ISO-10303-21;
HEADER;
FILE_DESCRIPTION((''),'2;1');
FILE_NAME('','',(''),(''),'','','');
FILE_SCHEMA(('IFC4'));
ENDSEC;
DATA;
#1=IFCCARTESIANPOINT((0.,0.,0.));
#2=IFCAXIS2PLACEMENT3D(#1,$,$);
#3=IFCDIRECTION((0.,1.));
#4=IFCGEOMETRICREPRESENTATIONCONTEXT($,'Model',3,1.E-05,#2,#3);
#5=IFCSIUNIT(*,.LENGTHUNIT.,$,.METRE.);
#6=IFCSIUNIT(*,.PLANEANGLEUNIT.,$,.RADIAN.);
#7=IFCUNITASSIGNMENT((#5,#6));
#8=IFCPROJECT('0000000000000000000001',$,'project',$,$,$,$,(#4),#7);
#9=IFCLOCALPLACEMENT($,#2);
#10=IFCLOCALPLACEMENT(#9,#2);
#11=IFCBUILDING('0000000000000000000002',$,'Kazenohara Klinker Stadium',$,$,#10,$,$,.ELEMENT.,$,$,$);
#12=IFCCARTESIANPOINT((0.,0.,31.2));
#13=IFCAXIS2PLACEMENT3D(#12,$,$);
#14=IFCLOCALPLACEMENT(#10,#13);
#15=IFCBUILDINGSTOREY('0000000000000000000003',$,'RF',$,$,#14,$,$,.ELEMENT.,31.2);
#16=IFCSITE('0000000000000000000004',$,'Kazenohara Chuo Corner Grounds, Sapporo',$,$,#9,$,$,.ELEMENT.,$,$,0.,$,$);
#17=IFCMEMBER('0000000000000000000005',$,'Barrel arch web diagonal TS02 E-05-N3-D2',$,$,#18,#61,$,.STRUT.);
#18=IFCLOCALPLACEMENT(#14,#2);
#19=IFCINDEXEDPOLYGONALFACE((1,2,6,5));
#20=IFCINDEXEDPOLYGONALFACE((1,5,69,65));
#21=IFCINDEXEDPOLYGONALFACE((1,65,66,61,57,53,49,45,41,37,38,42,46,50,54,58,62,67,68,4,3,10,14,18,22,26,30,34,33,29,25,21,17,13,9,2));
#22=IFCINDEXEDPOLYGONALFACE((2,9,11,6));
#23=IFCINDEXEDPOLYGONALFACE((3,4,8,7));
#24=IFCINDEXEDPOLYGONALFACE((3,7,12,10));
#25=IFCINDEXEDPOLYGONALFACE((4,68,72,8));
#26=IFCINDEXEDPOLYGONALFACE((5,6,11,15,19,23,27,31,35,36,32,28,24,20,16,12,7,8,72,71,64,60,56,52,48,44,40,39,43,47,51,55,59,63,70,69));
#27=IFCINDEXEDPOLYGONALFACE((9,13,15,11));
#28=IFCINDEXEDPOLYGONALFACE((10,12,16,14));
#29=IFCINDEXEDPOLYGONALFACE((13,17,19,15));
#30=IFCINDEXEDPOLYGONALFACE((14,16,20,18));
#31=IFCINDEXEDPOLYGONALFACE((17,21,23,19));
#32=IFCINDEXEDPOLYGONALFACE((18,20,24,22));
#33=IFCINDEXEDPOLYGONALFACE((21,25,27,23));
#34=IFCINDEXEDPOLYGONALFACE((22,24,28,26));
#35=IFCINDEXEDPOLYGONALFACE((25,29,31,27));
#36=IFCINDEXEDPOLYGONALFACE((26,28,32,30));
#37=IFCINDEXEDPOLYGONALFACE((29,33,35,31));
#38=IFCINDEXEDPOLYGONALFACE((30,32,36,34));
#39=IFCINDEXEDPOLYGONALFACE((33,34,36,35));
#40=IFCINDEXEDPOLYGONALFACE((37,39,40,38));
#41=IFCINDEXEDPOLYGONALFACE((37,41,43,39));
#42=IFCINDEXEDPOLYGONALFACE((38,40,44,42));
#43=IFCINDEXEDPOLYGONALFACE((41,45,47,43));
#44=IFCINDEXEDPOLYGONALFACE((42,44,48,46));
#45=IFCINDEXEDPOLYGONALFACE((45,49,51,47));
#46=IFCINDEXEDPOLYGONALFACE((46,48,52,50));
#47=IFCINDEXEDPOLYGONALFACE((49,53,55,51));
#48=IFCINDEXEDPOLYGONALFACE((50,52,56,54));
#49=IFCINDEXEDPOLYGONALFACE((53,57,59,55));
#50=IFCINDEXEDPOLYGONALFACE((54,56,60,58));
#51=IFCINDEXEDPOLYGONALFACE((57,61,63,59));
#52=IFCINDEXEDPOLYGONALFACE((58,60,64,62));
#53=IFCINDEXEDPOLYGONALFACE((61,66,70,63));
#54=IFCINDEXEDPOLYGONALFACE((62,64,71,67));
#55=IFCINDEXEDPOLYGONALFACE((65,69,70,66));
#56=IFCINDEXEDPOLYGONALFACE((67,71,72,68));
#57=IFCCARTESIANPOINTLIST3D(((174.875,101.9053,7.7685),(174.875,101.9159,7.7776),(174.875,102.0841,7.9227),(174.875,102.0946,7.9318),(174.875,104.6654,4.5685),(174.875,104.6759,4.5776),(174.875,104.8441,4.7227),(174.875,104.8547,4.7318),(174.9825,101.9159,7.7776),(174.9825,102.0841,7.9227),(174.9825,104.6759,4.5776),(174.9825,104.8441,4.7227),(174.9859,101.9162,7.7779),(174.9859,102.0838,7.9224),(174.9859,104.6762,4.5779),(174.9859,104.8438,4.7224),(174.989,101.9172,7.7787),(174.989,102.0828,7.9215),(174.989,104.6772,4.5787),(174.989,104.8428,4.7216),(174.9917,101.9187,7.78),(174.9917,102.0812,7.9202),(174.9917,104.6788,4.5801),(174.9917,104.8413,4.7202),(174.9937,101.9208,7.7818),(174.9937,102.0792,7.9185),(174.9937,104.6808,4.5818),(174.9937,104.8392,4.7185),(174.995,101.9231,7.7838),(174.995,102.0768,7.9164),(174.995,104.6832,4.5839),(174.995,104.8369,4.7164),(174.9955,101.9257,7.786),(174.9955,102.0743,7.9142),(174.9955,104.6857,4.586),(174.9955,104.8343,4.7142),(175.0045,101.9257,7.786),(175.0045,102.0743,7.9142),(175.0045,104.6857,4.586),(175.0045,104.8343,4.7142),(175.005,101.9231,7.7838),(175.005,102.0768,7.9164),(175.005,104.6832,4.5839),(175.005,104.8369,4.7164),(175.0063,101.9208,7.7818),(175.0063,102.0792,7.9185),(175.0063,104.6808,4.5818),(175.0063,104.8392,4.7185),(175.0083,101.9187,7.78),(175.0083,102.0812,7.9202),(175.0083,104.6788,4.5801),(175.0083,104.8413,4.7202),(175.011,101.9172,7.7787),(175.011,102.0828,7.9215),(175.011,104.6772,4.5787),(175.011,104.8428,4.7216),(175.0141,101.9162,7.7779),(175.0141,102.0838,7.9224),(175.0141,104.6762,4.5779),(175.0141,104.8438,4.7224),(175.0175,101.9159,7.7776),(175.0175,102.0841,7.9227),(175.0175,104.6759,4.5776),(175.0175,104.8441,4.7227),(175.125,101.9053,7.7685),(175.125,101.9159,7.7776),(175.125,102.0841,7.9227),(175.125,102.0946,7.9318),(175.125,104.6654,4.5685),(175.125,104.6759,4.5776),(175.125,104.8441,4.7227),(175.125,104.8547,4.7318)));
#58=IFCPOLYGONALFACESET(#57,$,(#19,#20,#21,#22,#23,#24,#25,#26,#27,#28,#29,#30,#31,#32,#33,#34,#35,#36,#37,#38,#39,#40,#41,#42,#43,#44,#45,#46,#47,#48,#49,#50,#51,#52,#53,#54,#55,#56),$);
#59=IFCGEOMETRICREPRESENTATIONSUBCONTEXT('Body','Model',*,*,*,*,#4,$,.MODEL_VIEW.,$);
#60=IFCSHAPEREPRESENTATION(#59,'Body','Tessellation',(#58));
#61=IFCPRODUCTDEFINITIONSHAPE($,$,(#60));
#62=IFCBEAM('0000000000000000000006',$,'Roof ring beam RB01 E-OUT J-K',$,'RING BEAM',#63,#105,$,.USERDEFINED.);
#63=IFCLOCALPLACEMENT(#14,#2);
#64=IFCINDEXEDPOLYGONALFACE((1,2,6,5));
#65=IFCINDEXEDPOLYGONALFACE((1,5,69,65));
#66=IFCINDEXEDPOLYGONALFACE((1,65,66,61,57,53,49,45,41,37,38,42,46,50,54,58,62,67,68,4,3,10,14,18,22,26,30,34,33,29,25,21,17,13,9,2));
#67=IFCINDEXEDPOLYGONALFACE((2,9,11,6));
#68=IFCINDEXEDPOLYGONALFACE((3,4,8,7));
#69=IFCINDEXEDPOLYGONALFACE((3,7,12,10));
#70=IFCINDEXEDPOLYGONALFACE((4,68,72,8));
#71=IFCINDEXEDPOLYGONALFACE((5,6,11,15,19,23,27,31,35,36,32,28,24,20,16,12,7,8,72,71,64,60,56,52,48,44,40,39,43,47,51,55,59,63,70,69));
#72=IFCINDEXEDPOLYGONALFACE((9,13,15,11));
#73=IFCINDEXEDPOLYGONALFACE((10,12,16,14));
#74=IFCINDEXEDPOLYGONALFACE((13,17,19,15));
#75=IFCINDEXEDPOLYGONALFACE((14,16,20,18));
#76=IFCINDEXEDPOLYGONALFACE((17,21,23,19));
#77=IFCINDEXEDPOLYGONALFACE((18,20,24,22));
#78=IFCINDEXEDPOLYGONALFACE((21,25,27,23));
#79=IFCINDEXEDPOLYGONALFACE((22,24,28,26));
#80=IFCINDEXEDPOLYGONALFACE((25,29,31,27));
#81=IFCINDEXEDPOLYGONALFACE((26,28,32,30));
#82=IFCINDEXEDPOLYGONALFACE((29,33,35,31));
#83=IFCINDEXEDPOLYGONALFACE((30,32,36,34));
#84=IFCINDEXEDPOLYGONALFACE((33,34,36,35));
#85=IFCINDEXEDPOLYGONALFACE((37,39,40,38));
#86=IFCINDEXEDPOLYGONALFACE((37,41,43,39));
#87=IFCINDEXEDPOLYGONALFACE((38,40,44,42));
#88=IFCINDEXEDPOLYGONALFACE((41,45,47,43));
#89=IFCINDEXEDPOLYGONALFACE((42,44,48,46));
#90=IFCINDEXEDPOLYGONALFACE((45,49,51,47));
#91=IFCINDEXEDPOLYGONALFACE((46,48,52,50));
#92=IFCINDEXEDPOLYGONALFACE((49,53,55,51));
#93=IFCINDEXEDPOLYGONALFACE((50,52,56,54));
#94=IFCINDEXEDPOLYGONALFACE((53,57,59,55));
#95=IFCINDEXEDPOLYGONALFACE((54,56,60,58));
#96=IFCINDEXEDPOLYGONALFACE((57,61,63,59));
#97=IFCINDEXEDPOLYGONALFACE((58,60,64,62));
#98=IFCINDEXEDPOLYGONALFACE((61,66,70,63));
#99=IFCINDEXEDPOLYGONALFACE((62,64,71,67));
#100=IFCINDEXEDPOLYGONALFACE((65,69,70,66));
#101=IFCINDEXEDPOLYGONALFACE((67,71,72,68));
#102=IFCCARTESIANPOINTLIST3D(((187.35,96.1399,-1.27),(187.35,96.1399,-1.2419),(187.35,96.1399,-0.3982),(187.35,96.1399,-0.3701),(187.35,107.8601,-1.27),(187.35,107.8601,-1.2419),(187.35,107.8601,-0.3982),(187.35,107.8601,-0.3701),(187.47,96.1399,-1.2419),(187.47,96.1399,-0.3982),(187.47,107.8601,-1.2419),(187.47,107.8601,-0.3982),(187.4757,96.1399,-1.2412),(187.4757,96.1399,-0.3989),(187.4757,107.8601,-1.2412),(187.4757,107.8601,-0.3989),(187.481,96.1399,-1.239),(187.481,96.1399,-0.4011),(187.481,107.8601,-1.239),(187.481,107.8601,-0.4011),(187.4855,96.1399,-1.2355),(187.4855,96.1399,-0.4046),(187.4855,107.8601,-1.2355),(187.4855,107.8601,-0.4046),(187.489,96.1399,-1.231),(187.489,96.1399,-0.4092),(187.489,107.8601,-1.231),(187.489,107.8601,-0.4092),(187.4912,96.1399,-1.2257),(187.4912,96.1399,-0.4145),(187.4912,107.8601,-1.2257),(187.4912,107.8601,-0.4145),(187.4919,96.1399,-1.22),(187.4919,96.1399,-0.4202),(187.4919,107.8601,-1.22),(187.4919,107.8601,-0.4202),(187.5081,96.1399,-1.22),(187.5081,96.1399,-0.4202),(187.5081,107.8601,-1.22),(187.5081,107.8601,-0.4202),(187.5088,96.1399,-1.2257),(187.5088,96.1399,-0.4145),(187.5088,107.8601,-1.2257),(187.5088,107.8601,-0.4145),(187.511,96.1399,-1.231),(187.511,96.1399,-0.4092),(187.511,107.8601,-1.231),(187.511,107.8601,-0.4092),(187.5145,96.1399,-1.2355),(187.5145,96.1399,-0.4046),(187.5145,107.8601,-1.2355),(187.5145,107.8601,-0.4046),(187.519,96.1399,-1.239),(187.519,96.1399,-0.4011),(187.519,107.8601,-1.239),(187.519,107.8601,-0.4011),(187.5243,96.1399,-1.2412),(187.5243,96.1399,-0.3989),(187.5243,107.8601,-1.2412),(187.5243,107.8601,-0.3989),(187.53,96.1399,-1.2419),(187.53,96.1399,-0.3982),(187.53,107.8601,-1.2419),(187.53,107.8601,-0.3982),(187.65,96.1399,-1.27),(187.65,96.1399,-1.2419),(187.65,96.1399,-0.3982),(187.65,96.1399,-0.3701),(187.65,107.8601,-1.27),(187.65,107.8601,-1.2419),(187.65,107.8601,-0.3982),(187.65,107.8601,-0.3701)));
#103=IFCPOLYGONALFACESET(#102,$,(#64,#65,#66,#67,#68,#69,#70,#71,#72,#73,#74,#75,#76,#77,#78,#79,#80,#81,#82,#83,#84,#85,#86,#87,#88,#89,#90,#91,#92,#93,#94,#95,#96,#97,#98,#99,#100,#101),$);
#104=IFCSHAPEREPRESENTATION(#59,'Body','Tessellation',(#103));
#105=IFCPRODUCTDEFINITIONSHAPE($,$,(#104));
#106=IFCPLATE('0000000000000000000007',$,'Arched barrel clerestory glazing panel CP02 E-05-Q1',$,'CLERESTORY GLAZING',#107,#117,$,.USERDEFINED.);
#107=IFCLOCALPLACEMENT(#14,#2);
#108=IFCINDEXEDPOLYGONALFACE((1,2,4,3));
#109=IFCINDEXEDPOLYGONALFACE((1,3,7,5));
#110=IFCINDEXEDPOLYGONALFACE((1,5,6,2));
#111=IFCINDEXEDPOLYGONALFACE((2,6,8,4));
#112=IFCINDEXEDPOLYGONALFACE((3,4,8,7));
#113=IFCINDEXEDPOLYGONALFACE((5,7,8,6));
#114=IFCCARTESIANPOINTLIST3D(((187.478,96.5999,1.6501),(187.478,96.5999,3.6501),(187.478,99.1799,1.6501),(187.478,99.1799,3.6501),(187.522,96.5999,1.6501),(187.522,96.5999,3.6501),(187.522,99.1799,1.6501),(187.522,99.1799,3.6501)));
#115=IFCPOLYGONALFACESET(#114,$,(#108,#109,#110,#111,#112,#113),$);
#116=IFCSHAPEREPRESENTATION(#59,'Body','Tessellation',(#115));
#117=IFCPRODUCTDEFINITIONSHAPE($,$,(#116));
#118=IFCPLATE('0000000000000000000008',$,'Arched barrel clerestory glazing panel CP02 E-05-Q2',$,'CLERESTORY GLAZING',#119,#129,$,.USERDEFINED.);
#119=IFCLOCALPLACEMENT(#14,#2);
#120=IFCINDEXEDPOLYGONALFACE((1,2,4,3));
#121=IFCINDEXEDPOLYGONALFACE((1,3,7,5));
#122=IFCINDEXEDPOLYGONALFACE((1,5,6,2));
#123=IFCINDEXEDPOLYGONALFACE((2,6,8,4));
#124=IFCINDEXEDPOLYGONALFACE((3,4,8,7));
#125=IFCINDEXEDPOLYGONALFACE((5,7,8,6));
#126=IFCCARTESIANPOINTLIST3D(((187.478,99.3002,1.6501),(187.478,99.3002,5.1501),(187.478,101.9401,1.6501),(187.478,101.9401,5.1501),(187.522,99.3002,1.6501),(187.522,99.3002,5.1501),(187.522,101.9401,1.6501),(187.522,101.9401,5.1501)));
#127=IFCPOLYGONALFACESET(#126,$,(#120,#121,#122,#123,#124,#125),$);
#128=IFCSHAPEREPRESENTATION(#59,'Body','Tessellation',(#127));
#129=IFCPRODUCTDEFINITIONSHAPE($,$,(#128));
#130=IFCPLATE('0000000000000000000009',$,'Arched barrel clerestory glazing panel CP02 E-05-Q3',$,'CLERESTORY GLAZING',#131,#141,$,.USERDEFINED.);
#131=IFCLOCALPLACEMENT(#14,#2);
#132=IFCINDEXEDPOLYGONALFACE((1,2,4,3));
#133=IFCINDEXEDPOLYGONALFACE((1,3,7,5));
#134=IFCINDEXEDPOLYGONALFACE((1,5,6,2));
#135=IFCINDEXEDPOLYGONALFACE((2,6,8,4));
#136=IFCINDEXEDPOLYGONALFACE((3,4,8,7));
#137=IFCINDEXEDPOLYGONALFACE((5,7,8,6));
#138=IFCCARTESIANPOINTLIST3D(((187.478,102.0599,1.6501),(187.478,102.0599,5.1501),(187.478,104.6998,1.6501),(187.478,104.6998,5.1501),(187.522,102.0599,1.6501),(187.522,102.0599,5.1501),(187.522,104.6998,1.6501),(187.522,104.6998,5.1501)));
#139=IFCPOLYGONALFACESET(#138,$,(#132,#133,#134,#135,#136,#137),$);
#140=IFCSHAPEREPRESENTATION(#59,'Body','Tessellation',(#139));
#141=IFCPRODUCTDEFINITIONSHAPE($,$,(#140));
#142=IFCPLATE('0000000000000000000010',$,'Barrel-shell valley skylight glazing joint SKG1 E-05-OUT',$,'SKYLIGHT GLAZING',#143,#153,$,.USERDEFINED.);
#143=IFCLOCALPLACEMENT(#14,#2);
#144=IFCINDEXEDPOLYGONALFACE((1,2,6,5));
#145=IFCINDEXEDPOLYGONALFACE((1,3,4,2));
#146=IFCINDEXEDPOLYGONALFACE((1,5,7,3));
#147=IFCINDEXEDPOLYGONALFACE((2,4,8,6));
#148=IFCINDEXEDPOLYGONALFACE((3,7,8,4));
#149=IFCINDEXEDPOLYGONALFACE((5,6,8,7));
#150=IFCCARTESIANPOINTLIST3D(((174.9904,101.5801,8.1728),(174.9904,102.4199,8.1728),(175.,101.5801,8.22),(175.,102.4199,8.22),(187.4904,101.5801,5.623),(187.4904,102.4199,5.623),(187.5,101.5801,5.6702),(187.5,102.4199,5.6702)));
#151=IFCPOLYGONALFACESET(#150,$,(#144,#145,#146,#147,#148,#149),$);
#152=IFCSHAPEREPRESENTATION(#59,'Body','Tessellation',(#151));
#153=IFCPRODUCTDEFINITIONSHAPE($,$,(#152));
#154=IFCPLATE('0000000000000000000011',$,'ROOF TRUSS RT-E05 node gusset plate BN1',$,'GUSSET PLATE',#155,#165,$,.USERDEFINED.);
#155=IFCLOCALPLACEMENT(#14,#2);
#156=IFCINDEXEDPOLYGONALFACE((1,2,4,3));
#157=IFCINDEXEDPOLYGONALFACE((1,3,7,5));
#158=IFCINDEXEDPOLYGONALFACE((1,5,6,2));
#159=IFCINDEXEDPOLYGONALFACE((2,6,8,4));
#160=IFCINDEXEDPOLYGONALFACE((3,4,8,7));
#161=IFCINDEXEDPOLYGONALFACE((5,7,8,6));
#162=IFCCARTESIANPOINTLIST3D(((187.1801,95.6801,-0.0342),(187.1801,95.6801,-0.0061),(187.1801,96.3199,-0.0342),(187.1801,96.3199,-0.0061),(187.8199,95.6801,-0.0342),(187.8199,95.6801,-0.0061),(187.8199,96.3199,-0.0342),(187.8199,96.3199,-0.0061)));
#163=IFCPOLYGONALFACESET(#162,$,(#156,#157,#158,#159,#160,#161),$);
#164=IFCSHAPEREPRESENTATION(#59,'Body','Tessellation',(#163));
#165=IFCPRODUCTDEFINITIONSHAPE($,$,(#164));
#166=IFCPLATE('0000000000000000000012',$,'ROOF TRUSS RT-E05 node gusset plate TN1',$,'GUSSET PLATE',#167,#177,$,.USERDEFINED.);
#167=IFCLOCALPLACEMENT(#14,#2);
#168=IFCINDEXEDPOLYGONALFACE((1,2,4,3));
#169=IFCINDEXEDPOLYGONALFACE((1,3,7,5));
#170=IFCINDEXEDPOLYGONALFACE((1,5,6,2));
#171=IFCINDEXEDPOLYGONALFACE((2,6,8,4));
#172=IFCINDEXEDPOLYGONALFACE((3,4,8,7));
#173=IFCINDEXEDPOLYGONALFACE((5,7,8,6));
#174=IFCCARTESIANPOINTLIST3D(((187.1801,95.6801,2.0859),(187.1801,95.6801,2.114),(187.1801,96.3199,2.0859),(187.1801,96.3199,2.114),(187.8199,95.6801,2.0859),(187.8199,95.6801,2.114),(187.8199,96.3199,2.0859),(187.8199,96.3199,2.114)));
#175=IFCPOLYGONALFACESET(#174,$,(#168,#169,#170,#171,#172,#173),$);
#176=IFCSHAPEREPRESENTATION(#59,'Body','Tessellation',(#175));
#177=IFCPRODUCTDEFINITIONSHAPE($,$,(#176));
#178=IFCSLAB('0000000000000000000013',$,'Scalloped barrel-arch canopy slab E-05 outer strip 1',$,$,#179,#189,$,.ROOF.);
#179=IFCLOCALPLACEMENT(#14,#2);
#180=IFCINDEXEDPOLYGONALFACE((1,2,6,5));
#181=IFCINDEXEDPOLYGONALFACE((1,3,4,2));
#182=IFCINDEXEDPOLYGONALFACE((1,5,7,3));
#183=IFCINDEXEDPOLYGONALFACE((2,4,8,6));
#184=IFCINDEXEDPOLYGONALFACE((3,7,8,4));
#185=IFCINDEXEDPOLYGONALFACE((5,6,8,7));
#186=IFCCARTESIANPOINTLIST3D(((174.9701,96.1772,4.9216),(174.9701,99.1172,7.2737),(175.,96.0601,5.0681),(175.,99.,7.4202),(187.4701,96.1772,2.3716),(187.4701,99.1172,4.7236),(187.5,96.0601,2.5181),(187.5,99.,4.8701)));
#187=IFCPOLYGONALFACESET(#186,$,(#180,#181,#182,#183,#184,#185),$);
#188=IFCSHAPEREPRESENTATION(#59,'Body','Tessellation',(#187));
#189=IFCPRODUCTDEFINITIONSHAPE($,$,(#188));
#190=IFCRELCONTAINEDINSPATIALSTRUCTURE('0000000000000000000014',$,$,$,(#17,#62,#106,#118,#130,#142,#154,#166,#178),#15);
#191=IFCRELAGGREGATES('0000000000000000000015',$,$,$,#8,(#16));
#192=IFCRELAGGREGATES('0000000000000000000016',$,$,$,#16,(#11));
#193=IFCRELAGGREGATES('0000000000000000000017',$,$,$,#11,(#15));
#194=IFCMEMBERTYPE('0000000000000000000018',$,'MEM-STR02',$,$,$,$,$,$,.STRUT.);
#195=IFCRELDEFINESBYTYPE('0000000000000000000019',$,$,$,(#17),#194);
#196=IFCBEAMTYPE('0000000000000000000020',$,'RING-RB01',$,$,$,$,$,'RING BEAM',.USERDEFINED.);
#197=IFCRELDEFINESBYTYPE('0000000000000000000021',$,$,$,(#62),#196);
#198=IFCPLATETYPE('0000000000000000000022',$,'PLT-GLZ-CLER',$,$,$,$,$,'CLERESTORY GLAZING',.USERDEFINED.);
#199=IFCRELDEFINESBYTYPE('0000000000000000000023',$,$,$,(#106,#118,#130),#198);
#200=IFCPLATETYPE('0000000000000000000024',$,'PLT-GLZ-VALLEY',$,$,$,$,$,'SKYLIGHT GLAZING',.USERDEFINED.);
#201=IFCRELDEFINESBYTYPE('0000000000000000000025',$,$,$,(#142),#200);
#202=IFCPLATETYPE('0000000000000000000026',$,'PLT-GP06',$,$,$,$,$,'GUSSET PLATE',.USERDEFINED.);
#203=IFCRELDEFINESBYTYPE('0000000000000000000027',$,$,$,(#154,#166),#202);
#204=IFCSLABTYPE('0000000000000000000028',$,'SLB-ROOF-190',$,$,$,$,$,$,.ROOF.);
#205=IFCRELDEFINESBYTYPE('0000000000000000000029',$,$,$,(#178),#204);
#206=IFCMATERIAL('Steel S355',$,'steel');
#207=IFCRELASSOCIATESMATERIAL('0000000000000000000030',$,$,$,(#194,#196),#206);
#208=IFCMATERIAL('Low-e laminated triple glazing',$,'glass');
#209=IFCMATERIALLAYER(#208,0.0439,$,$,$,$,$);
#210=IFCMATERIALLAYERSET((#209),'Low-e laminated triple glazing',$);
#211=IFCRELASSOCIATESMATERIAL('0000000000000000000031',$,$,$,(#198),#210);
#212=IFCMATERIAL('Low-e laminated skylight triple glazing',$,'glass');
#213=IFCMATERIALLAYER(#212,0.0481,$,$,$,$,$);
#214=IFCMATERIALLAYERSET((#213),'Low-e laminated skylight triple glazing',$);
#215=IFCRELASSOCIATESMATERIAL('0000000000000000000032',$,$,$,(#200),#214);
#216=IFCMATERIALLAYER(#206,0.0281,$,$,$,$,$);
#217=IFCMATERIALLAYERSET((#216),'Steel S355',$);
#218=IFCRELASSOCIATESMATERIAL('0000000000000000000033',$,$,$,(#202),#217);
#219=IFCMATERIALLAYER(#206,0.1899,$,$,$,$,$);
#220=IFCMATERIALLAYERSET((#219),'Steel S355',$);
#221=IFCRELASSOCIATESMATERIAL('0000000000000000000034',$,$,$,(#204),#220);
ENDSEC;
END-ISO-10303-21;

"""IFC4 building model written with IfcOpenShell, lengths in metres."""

from ifc_helpers import new_model, si_unit, direction, frame, origin, origin_2d, place, context, subcontext, project, spatial, polyline, rectangle, i_section, outline, extrude, material, layer, layer_set, material_profile, profile_set, type_object, element, save


model = new_model("IFC4")

# Units and contexts
model_context = context("Model", 3, precision=1e-05, world=origin(), true_north=direction((0.0, 1.0)))
body_context = subcontext(model_context, "Body", "Model", "MODEL_VIEW")
ifc_project = project(units=[si_unit("LENGTHUNIT", "METRE"), si_unit("PLANEANGLEUNIT", "RADIAN")], contexts=[model_context])

# Site, building, storey
site_placement = place(None, origin())
site = spatial("IfcSite", under=ifc_project, at=site_placement, Name="Kazenohara Chuo Corner Grounds, Sapporo", CompositionType="ELEMENT", RefElevation=0.0)
building_placement = place(site_placement, origin())
building = spatial("IfcBuilding", under=site, at=building_placement, Name="Kazenohara Klinker Stadium", CompositionType="ELEMENT")
storey_placement = place(building_placement, frame((0.0, 0.0, 31.2)))
storey = spatial("IfcBuildingStorey", under=building, at=storey_placement, Name="RF", CompositionType="ELEMENT", Elevation=31.2)

# Member
ifc_material_1 = material(Name="Steel S355", Category="steel")
ifc_material_profile_1 = material_profile(ifc_material_1, i_section(OverallWidth=0.25, OverallDepth=0.25, WebThickness=0.009, FlangeThickness=0.0139, FilletRadius=0.0129, at=origin_2d()), Name="H-250x250x9x14")
ifc_profile_set_1 = profile_set([ifc_material_profile_1], Name="Steel S355")
member_type_1 = type_object("IfcMemberType", Name="MEM-STR02", PredefinedType="STRUT", material=ifc_profile_set_1)
for number, where, z_axis, x_axis, name in (
    (1, (175.0, 104.76, 4.6501), (0.0, -0.653134, 0.757242), (1.0, 0.0, 0.0), "Barrel arch web diagonal TS02 E-05-N3-D2"),
):
    element("IfcMember", number, at=place(storey_placement, frame(where, z_axis=z_axis, x_axis=x_axis)), inside=storey, type_object=member_type_1, Name=name, PredefinedType="STRUT", context=body_context, shape_type="SweptSolid", body=[
        extrude(i_section(OverallWidth=0.25, OverallDepth=0.25, WebThickness=0.009, FlangeThickness=0.0139, FilletRadius=0.0129, at=origin_2d()), origin(), (0.0, 0.0, 1.0), 4.2258),
    ])

# Beam
ifc_material_profile_2 = material_profile(ifc_material_1, i_section(OverallWidth=0.3, OverallDepth=0.8999, WebThickness=0.0161, FlangeThickness=0.0281, FilletRadius=0.022, at=origin_2d()), Name="H-900x300x16x28")
ifc_profile_set_2 = profile_set([ifc_material_profile_2], Name="Steel S355")
beam_type = type_object("IfcBeamType", Name="RING-RB01", ElementType="RING BEAM", PredefinedType="USERDEFINED", material=ifc_profile_set_2)
beam_placement = place(storey_placement, frame((187.5, 96.1399, -0.8201), z_axis=(0.0, 1.0, 0.0), x_axis=(-1.0, 0.0, 0.0)))
element("IfcBeam", 2, at=beam_placement, inside=storey, type_object=beam_type, Name="Roof ring beam RB01 E-OUT J-K", ObjectType="RING BEAM", PredefinedType="USERDEFINED", context=body_context, shape_type="SweptSolid", body=[
    extrude(i_section(OverallWidth=0.3, OverallDepth=0.8999, WebThickness=0.0161, FlangeThickness=0.0281, FilletRadius=0.022, at=origin_2d()), origin(), (0.0, 0.0, 1.0), 11.7202),
])

# Plates
ifc_material_2 = material(Name="Low-e laminated triple glazing", Category="glass")
ifc_layer_1 = layer(ifc_material_2, 0.0439)
ifc_layer_set_1 = layer_set([ifc_layer_1], Name="Low-e laminated triple glazing")
plate_type_1 = type_object("IfcPlateType", Name="PLT-GLZ-CLER", ElementType="CLERESTORY GLAZING", PredefinedType="USERDEFINED", material=ifc_layer_set_1)
plate_1_placement = place(storey_placement, frame((187.5, 97.8899, 1.6501), z_axis=(0.0, 0.0, 1.0), x_axis=(1.0, 0.0, 0.0)))
element("IfcPlate", 3, at=plate_1_placement, inside=storey, type_object=plate_type_1, Name="Arched barrel clerestory glazing panel CP02 E-05-Q1", ObjectType="CLERESTORY GLAZING", PredefinedType="USERDEFINED", context=body_context, shape_type="SweptSolid", body=[
    extrude(rectangle(XDim=0.0439, YDim=2.5801, at=origin_2d()), origin(), (0.0, 0.0, 1.0), 2.0),
])
for number, where, z_axis, x_axis, name in (
    (4, (187.5, 100.6201, 1.6501), (0.0, 0.0, 1.0), (1.0, 0.0, 0.0), "Arched barrel clerestory glazing panel CP02 E-05-Q2"),
    (5, (187.5, 103.3799, 1.6501), (0.0, 0.0, 1.0), (1.0, 0.0, 0.0), "Arched barrel clerestory glazing panel CP02 E-05-Q3"),
):
    element("IfcPlate", number, at=place(storey_placement, frame(where, z_axis=z_axis, x_axis=x_axis)), inside=storey, type_object=plate_type_1, Name=name, ObjectType="CLERESTORY GLAZING", PredefinedType="USERDEFINED", context=body_context, shape_type="SweptSolid", body=[
        extrude(rectangle(XDim=0.0439, YDim=2.6399, at=origin_2d()), origin(), (0.0, 0.0, 1.0), 3.5),
    ])
ifc_material_3 = material(Name="Low-e laminated skylight triple glazing", Category="glass")
ifc_layer_2 = layer(ifc_material_3, 0.0481)
ifc_layer_set_2 = layer_set([ifc_layer_2], Name="Low-e laminated skylight triple glazing")
plate_type_2 = type_object("IfcPlateType", Name="PLT-GLZ-VALLEY", ElementType="SKYLIGHT GLAZING", PredefinedType="USERDEFINED", material=ifc_layer_set_2)
plate_2_placement = place(storey_placement, frame((187.5, 101.5801, 5.6702), z_axis=(0.199869, 0.0, 0.979823), x_axis=(-0.979823, 0.0, 0.199869)))
element("IfcPlate", 6, at=plate_2_placement, inside=storey, type_object=plate_type_2, Name="Barrel-shell valley skylight glazing joint SKG1 E-05-OUT", ObjectType="SKYLIGHT GLAZING", PredefinedType="USERDEFINED", context=body_context, shape_type="SweptSolid", body=[
    extrude(outline(polyline([(0.0, 0.0), (12.7574, 0.0), (12.7574, -0.8398), (0.0, -0.8398), (0.0, 0.0)])), origin(), (0.0, 0.0, -1.0), 0.0481),
])
ifc_layer_3 = layer(ifc_material_1, 0.0281)
ifc_layer_set_3 = layer_set([ifc_layer_3], Name="Steel S355")
plate_type_3 = type_object("IfcPlateType", Name="PLT-GP06", ElementType="GUSSET PLATE", PredefinedType="USERDEFINED", material=ifc_layer_set_3)
for number, where, z_axis, x_axis, name in (
    (7, (187.5, 96.0, -0.0342), (0.0, 0.0, 1.0), (1.0, 0.0, 0.0), "ROOF TRUSS RT-E05 node gusset plate BN1"),
    (8, (187.5, 96.0, 2.0859), (0.0, 0.0, 1.0), (1.0, 0.0, 0.0), "ROOF TRUSS RT-E05 node gusset plate TN1"),
):
    element("IfcPlate", number, at=place(storey_placement, frame(where, z_axis=z_axis, x_axis=x_axis)), inside=storey, type_object=plate_type_3, Name=name, ObjectType="GUSSET PLATE", PredefinedType="USERDEFINED", context=body_context, shape_type="SweptSolid", body=[
        extrude(rectangle(XDim=0.6399, YDim=0.6399, at=origin_2d()), origin(), (0.0, 0.0, 1.0), 0.0281),
    ])

# Slab
ifc_layer_4 = layer(ifc_material_1, 0.1899)
ifc_layer_set_4 = layer_set([ifc_layer_4], Name="Steel S355")
slab_type = type_object("IfcSlabType", Name="SLB-ROOF-190", PredefinedType="ROOF", material=ifc_layer_set_4)
slab_1_placement = place(storey_placement, frame((187.5, 96.0601, 2.5181), z_axis=(0.157314, -0.616932, 0.771133), x_axis=(-0.979819, 0.0, 0.199887)))
element("IfcSlab", 9, at=slab_1_placement, inside=storey, type_object=slab_type, Name="Scalloped barrel-arch canopy slab E-05 outer strip 1", PredefinedType="ROOF", context=body_context, shape_type="SweptSolid", body=[
    extrude(outline(polyline([(0.0, 0.0), (12.7575, 0.0), (13.2276, -3.7356), (0.4701, -3.7356), (0.0, 0.0)])), origin(), (0.0, 0.0, -1.0), 0.1899),
])

save(model, "model.ifc")
